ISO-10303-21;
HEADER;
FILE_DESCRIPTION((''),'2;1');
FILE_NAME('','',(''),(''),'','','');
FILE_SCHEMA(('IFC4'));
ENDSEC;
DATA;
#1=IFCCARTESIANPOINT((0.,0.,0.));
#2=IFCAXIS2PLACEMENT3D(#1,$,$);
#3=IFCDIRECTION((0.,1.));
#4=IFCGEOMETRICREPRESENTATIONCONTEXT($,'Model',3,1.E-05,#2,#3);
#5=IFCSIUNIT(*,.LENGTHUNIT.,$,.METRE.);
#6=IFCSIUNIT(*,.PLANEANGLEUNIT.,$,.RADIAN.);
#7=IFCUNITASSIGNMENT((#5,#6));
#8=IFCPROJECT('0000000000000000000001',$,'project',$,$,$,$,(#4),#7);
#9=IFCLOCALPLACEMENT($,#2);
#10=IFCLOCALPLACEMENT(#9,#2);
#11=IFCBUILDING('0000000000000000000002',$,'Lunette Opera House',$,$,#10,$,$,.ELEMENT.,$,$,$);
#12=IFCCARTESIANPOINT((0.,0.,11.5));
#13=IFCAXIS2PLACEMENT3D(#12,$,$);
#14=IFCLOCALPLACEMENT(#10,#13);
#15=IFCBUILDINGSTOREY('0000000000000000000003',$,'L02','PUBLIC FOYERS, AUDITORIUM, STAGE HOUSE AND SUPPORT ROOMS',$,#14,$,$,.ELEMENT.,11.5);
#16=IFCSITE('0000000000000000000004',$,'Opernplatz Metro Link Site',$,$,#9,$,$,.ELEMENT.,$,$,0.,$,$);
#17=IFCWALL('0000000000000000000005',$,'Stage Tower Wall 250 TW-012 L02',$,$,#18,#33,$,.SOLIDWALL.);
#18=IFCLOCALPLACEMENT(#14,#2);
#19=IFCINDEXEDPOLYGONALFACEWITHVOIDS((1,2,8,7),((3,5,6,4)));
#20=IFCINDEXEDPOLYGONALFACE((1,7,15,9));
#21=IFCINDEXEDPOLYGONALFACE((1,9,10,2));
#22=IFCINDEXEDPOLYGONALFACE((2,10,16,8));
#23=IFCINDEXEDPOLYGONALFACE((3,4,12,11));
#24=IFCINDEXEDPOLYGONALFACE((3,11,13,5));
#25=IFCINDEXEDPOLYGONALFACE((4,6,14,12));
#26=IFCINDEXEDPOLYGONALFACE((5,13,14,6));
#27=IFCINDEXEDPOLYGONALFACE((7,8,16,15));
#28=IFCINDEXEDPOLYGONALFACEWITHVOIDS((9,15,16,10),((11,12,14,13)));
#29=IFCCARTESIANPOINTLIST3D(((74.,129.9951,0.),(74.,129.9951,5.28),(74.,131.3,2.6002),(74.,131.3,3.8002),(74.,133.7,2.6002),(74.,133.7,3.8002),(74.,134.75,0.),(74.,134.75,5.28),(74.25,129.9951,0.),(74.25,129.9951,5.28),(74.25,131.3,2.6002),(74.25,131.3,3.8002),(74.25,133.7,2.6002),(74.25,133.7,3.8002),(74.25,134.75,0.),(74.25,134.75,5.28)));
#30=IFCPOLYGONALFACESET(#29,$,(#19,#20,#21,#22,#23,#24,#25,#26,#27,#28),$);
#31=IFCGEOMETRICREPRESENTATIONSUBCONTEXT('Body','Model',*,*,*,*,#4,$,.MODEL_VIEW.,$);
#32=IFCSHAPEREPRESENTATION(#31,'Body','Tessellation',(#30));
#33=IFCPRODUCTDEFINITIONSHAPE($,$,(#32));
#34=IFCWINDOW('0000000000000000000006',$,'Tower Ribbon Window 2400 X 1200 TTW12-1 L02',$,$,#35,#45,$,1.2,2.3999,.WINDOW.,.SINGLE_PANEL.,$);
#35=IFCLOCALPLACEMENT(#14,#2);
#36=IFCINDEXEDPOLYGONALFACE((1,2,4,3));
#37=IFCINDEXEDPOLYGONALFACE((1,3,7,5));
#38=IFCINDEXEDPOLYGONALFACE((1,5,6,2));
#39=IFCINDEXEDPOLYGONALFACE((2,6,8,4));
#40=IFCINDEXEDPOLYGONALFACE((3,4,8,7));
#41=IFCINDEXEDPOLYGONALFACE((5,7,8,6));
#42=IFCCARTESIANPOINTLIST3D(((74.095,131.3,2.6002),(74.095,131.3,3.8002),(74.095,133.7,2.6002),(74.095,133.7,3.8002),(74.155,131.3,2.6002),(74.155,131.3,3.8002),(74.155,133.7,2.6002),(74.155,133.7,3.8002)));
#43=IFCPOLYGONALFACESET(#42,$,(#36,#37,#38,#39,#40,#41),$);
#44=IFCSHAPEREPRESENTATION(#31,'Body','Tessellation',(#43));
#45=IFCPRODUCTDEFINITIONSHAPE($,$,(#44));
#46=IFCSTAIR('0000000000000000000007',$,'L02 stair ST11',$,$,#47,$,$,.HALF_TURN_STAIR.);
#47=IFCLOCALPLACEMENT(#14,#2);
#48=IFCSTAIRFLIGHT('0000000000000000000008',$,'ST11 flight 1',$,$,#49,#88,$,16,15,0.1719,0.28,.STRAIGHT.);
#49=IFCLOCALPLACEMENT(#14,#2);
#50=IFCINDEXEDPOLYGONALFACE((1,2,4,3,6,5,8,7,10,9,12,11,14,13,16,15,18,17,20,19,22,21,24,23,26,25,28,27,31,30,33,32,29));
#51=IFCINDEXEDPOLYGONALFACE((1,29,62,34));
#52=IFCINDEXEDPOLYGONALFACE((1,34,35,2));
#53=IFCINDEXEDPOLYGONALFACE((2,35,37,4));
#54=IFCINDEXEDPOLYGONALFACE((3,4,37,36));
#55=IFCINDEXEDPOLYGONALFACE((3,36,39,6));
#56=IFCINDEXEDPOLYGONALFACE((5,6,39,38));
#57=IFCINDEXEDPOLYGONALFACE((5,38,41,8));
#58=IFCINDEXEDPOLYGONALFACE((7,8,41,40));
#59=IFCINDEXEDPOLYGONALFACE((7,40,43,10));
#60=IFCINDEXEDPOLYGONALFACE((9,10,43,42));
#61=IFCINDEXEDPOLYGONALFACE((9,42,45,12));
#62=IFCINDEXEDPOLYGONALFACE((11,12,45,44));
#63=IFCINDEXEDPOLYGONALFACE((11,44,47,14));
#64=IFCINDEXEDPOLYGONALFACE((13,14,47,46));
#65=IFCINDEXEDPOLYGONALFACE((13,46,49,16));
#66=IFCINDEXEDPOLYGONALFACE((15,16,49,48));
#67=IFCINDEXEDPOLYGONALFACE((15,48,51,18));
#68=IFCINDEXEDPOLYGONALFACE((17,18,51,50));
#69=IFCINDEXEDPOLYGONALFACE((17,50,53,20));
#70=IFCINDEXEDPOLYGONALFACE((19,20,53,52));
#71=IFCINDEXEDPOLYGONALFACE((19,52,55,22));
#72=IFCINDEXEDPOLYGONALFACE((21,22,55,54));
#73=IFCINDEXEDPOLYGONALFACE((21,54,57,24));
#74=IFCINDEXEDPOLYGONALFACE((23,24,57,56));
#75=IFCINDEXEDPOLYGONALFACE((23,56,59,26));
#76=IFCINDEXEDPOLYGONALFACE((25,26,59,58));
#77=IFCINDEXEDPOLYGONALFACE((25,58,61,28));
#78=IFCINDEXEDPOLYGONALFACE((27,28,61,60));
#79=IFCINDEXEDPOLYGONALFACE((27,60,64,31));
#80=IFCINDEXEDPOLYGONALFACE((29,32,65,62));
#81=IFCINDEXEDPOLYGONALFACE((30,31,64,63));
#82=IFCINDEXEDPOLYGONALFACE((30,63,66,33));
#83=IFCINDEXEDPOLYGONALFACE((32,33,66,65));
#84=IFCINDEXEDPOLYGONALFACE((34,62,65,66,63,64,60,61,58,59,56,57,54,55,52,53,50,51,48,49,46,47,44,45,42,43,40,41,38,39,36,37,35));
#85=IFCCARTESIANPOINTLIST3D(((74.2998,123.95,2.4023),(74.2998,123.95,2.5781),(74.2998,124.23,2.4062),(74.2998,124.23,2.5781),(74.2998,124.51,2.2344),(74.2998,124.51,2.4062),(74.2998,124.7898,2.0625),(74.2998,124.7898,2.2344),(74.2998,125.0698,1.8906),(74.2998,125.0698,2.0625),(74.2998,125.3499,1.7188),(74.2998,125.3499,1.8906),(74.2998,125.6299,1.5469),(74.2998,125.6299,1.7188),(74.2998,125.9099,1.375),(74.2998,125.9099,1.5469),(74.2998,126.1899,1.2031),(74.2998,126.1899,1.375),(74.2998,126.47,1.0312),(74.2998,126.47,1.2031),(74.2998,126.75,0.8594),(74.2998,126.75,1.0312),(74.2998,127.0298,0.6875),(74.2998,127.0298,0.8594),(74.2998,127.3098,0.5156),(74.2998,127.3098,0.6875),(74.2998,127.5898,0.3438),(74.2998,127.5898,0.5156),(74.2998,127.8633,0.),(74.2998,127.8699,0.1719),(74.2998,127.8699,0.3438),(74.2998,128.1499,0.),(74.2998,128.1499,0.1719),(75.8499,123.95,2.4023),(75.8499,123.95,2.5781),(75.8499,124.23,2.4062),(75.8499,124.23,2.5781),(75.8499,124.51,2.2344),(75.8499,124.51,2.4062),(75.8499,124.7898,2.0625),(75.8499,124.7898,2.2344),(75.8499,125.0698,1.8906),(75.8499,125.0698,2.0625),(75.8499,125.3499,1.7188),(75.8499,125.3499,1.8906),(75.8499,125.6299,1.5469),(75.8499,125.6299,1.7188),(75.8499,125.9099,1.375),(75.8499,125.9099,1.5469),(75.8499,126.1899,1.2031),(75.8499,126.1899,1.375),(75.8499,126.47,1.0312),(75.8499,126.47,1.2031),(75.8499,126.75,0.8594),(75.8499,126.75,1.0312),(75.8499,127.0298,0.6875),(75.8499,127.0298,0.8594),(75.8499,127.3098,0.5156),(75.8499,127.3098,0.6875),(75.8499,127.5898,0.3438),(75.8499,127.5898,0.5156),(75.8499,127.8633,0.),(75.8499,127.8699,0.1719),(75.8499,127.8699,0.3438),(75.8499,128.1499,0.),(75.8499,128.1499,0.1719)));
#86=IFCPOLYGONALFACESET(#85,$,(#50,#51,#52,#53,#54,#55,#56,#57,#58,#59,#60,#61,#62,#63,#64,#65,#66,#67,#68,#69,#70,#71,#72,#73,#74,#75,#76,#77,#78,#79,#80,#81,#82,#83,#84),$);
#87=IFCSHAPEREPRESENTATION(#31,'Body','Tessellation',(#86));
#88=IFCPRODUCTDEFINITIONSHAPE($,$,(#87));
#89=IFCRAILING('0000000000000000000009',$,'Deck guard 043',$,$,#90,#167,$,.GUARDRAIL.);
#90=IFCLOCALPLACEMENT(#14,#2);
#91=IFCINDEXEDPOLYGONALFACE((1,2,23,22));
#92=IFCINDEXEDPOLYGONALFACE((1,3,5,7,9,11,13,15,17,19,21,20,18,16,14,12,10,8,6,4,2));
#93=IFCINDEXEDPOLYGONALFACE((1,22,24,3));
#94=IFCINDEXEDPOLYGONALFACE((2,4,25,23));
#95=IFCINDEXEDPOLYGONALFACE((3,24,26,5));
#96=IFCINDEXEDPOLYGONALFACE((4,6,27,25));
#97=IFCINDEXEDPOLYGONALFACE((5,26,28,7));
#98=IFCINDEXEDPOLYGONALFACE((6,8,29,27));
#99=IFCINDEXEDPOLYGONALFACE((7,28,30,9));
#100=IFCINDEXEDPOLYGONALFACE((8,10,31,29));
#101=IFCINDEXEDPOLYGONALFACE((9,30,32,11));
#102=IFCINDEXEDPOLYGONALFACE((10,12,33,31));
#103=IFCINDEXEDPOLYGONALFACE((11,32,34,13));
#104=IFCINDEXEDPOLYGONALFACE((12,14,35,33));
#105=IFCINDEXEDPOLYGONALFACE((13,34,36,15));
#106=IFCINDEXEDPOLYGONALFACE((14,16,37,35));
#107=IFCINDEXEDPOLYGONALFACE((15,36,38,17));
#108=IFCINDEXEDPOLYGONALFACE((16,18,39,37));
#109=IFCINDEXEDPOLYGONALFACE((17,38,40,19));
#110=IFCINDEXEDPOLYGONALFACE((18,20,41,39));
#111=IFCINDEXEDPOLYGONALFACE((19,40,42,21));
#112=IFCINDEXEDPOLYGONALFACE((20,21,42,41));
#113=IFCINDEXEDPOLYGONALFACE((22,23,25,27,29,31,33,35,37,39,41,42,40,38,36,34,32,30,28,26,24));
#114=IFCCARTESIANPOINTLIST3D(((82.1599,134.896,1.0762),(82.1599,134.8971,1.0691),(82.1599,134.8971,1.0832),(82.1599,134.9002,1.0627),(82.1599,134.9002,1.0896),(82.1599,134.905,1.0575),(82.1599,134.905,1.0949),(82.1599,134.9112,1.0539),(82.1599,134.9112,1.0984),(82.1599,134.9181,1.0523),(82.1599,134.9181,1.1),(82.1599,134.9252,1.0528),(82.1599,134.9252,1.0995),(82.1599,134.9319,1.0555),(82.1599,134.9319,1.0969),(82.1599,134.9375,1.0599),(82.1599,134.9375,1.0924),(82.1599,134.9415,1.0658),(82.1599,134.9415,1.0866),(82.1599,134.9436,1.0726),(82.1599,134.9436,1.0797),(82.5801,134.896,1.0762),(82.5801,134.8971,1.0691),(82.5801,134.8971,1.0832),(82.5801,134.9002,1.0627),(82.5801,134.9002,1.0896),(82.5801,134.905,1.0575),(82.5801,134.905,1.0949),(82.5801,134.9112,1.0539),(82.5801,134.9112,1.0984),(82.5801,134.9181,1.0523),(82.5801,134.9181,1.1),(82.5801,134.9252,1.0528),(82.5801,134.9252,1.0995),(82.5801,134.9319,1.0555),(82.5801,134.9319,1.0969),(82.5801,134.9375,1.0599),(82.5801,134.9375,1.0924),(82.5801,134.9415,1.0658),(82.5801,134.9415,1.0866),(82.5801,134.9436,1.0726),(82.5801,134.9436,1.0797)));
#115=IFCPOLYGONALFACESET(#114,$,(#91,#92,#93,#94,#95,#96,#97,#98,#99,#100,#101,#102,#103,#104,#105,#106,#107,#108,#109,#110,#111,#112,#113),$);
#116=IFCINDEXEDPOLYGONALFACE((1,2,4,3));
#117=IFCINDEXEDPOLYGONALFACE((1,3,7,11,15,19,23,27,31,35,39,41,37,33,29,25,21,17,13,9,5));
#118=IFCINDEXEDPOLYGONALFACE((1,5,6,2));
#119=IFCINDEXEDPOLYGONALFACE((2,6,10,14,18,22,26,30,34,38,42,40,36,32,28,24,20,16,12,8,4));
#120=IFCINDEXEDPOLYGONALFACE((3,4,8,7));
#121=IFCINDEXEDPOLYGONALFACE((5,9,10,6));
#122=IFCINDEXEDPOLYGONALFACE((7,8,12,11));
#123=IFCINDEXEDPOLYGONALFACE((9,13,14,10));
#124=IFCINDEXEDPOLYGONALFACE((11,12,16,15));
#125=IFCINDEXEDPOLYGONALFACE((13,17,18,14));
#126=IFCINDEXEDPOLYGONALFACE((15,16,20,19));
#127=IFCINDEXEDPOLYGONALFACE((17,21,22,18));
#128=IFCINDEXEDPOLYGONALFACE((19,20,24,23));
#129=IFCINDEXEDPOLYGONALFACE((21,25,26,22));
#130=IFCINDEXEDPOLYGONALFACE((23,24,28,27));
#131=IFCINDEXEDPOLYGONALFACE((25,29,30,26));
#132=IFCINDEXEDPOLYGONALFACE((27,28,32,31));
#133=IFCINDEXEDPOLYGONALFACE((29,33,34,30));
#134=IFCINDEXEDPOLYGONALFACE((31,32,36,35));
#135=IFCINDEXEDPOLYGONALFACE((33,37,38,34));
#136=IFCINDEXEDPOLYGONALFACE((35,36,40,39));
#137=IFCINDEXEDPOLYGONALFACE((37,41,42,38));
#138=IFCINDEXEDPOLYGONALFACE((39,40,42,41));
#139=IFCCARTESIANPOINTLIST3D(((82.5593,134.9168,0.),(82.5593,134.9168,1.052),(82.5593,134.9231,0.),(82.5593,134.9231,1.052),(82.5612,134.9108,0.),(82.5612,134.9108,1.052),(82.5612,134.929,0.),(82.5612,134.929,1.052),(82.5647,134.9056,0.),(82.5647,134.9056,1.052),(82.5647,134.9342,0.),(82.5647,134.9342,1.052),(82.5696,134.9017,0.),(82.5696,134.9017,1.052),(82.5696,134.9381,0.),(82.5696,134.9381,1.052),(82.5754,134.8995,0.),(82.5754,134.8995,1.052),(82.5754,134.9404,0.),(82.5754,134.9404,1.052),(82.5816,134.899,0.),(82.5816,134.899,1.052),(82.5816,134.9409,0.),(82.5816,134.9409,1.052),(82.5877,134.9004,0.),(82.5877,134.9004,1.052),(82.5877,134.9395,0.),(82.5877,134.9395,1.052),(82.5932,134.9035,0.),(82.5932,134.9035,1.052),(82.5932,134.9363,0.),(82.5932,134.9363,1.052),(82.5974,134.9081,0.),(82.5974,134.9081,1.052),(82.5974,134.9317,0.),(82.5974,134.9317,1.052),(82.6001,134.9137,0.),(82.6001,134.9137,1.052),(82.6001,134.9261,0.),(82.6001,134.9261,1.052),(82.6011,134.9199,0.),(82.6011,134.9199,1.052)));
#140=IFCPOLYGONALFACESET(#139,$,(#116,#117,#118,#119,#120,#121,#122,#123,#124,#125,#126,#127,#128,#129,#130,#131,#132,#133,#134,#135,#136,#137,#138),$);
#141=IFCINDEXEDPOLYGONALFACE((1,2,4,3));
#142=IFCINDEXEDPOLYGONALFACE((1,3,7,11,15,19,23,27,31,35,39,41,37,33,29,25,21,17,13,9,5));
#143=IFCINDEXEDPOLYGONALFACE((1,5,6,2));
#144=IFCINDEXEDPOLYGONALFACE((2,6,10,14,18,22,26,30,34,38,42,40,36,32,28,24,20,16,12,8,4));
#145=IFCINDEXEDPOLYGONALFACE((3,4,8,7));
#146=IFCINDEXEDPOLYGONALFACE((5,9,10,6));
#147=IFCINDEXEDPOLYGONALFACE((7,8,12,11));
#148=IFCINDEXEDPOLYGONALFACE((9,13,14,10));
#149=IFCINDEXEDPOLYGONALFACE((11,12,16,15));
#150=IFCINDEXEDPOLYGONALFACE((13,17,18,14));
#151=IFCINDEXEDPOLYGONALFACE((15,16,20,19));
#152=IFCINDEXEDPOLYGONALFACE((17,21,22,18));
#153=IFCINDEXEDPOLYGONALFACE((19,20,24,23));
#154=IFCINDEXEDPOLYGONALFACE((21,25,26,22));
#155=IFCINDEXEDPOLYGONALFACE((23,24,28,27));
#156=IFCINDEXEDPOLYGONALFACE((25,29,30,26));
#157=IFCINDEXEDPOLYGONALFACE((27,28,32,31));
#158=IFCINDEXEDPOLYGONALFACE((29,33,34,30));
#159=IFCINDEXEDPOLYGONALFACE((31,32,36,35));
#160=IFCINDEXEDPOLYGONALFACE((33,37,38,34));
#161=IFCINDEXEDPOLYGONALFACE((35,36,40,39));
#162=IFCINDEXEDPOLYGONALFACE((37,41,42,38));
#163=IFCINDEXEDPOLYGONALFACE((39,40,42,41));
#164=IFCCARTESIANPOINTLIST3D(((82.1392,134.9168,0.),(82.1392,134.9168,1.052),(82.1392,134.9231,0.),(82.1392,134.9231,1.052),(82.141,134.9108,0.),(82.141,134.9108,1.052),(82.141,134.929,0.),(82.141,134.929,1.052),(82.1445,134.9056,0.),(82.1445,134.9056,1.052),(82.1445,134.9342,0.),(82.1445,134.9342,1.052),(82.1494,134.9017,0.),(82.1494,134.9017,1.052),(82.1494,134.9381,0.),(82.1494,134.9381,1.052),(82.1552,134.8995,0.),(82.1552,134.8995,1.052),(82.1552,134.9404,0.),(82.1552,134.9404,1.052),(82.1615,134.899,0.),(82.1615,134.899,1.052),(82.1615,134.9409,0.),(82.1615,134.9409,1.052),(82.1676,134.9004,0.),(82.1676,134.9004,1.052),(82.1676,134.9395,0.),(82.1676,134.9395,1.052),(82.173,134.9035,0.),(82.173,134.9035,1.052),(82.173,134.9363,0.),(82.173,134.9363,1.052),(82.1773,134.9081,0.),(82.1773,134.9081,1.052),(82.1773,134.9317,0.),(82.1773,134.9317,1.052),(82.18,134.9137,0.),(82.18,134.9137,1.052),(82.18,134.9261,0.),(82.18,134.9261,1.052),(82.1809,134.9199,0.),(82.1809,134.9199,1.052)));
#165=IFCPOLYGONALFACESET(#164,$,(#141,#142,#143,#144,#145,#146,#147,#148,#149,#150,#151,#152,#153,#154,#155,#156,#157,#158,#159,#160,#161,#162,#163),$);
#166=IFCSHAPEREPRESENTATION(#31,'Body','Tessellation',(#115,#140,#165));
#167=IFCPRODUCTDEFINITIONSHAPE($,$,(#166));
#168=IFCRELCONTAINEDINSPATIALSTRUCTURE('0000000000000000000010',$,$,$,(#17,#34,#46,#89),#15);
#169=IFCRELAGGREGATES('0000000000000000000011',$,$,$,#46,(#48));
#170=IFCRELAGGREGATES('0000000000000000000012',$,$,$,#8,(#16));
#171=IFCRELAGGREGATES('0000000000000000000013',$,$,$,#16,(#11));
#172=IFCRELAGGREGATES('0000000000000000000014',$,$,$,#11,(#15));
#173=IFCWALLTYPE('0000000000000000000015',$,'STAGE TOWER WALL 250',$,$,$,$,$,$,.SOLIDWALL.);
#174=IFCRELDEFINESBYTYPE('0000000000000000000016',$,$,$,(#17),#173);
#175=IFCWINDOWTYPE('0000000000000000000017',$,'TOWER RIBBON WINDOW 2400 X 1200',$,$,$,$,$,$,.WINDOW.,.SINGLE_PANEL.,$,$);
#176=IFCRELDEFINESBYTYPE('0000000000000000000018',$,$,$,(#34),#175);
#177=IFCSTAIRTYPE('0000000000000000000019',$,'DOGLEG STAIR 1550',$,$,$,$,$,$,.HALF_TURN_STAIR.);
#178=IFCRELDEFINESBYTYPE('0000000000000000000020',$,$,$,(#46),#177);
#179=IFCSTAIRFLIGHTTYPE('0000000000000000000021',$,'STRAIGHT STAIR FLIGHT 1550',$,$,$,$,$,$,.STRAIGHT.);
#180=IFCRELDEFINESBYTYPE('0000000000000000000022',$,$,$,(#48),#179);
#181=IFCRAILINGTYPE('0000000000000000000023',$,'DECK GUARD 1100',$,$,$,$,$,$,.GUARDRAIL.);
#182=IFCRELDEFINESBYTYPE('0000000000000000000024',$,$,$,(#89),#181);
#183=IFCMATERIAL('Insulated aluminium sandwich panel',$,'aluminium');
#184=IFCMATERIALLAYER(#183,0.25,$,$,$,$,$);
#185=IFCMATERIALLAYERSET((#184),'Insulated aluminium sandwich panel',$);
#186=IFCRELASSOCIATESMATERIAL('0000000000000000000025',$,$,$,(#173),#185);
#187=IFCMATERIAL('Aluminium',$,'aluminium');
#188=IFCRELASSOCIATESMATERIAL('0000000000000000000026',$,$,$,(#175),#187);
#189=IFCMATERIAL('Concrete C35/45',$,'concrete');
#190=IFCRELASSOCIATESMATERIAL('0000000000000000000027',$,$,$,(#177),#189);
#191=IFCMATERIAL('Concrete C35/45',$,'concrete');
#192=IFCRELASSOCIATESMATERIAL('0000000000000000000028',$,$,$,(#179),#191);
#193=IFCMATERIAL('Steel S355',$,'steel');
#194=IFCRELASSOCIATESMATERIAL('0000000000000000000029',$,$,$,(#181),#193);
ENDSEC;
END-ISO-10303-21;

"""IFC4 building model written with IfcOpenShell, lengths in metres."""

from ifc_helpers import new_model, si_unit, direction, frame, frame_2d, origin, origin_2d, place, context, subcontext, project, spatial, polyline, rectangle, circle, outline, extrude, material, layer, layer_set, type_object, element, fill, aggregate, save


model = new_model("IFC4")

# Units and contexts
model_context = context("Model", 3, precision=1e-05, world=origin(), true_north=direction((0.0, 1.0)))
body_context = subcontext(model_context, "Body", "Model", "MODEL_VIEW")
ifc_project = project(units=[si_unit("LENGTHUNIT", "METRE"), si_unit("PLANEANGLEUNIT", "RADIAN")], contexts=[model_context])

# Site, building, storey
site_placement = place(None, origin())
site = spatial("IfcSite", under=ifc_project, at=site_placement, Name="Opernplatz Metro Link Site", CompositionType="ELEMENT", RefElevation=0.0)
building_placement = place(site_placement, origin())
building = spatial("IfcBuilding", under=site, at=building_placement, Name="Lunette Opera House", CompositionType="ELEMENT")
storey_placement = place(building_placement, frame((0.0, 0.0, 11.5)))
storey = spatial("IfcBuildingStorey", under=building, at=storey_placement, Name="L02", Description="PUBLIC FOYERS, AUDITORIUM, STAGE HOUSE AND SUPPORT ROOMS", CompositionType="ELEMENT", Elevation=11.5)

# Wall, opening, window
ifc_material_1 = material(Name="Insulated aluminium sandwich panel", Category="aluminium")
ifc_layer_1 = layer(ifc_material_1, 0.25)
ifc_layer_set_1 = layer_set([ifc_layer_1], Name="Insulated aluminium sandwich panel")
wall_type_1 = type_object("IfcWallType", Name="STAGE TOWER WALL 250", PredefinedType="SOLIDWALL", material=ifc_layer_set_1)
ifc_material_2 = material(Name="Aluminium", Category="aluminium")
window_type = type_object("IfcWindowType", Name="TOWER RIBBON WINDOW 2400 X 1200", PartitioningType="SINGLE_PANEL", PredefinedType="WINDOW", material=ifc_material_2)
wall_1_placement = place(storey_placement, frame((74.125, 134.75, 0.0), z_axis=(0.0, 0.0, 1.0), x_axis=(0.0, -1.0, 0.0)))
wall_1 = element("IfcWall", 1, at=wall_1_placement, inside=storey, type_object=wall_type_1, Name="Stage Tower Wall 250 TW-012 L02", PredefinedType="SOLIDWALL", context=body_context, shape_type="SweptSolid", body=[
    extrude(rectangle(XDim=4.7549, YDim=0.25, at=frame_2d((2.3774, 0.0))), origin(), (0.0, 0.0, 1.0), 5.28),
])
opening_1_placement = place(wall_1_placement, frame((1.05, 0.0, 2.6001)))
opening_1 = element("IfcOpeningElement", 2, at=opening_1_placement, cuts=wall_1, PredefinedType="OPENING", context=body_context, shape_type="SweptSolid", body=[
    extrude(rectangle(XDim=2.3999, YDim=1.2, at=frame_2d((1.2, 0.6001))), frame((0.0, 0.137, 0.0), z_axis=(0.0, -1.0, 0.0), x_axis=(1.0, 0.0, 0.0)), (0.0, 0.0, 1.0), 0.2739),
])
window_1_placement = place(opening_1_placement, origin())
window_1 = element("IfcWindow", 3, at=window_1_placement, inside=storey, type_object=window_type, Name="Tower Ribbon Window 2400 X 1200 TTW12-1 L02", OverallHeight=1.2, OverallWidth=2.3999, PartitioningType="SINGLE_PANEL", PredefinedType="WINDOW", context=body_context, shape_type="SweptSolid", body=[
    extrude(rectangle(XDim=2.3999, YDim=1.2, at=frame_2d((1.2, 0.6001))), frame((0.0, 0.03, 0.0), z_axis=(0.0, -1.0, 0.0), x_axis=(1.0, 0.0, 0.0)), (0.0, 0.0, 1.0), 0.0601),
])
fill(opening_1, window_1)

# Stair, stair flight
ifc_material_3 = material(Name="Concrete C35/45", Category="concrete")
stair_type = type_object("IfcStairType", Name="DOGLEG STAIR 1550", PredefinedType="HALF_TURN_STAIR", material=ifc_material_3)
stair_placement = place(storey_placement, origin())
stair = element("IfcStair", 4, at=stair_placement, inside=storey, type_object=stair_type, Name="L02 stair ST11", PredefinedType="HALF_TURN_STAIR")
ifc_material_4 = material(Name="Concrete C35/45", Category="concrete")
stair_flight_type = type_object("IfcStairFlightType", Name="STRAIGHT STAIR FLIGHT 1550", PredefinedType="STRAIGHT", material=ifc_material_4)
stair_flight_placement = place(storey_placement, frame((75.075, 128.1499, 0.0), z_axis=(0.0, 0.0, 1.0), x_axis=(0.0, -1.0, 0.0)))
stair_flight = element("IfcStairFlight", 5, at=stair_flight_placement, type_object=stair_flight_type, Name="ST11 flight 1", NumberOfRisers=16, NumberOfTreads=15, PredefinedType="STRAIGHT", RiserHeight=0.1719, TreadLength=0.28, context=body_context, shape_type="SweptSolid", body=[
    extrude(outline(polyline([(0.0, 0.0), (0.0, 0.1719), (0.28, 0.1719), (0.28, 0.3438), (0.5601, 0.3438), (0.5601, 0.5156), (0.8401, 0.5156), (0.8401, 0.6875), (1.1201, 0.6875), (1.1201, 0.8594), (1.3999, 0.8594), (1.3999, 1.0312), (1.6799, 1.0312), (1.6799, 1.2031), (1.96, 1.2031), (1.96, 1.375), (2.24, 1.375), (2.24, 1.5469), (2.52, 1.5469), (2.52, 1.7188), (2.8, 1.7188), (2.8, 1.8906), (3.0801, 1.8906), (3.0801, 2.0625), (3.3601, 2.0625), (3.3601, 2.2344), (3.6399, 2.2344), (3.6399, 2.4062), (3.9199, 2.4062), (3.9199, 2.5781), (4.2, 2.5781), (4.2, 2.75), (4.2, 2.4023), (0.2866, 0.0), (0.0, 0.0)])), frame((0.0, 0.7749, 0.0), z_axis=(0.0, -1.0, 0.0), x_axis=(1.0, 0.0, 0.0)), (0.0, 0.0, 1.0), 1.55),
])
aggregate(stair, [stair_flight])

# Railing
ifc_material_5 = material(Name="Steel S355", Category="steel")
railing_type_1 = type_object("IfcRailingType", Name="DECK GUARD 1100", PredefinedType="GUARDRAIL", material=ifc_material_5)
railing_1_placement = place(storey_placement, frame((82.5801, 134.9199, 0.0)))
element("IfcRailing", 6, at=railing_1_placement, inside=storey, type_object=railing_type_1, Name="Deck guard 043", PredefinedType="GUARDRAIL", context=body_context, shape_type="SweptSolid", body=[
    extrude(circle(Radius=0.0239, at=origin_2d()), frame((0.0, 0.0, 1.0762), z_axis=(-1.0, 0.0, 0.0), x_axis=(0.0, -1.0, 0.0)), (0.0, 0.0, 1.0), 0.4202),
    extrude(circle(Radius=0.021, at=origin_2d()), origin(), (0.0, 0.0, 1.0), 1.052),
    extrude(circle(Radius=0.021, at=origin_2d()), frame((-0.4202, 0.0, 0.0)), (0.0, 0.0, 1.0), 1.052),
])

save(model, "model.ifc")
